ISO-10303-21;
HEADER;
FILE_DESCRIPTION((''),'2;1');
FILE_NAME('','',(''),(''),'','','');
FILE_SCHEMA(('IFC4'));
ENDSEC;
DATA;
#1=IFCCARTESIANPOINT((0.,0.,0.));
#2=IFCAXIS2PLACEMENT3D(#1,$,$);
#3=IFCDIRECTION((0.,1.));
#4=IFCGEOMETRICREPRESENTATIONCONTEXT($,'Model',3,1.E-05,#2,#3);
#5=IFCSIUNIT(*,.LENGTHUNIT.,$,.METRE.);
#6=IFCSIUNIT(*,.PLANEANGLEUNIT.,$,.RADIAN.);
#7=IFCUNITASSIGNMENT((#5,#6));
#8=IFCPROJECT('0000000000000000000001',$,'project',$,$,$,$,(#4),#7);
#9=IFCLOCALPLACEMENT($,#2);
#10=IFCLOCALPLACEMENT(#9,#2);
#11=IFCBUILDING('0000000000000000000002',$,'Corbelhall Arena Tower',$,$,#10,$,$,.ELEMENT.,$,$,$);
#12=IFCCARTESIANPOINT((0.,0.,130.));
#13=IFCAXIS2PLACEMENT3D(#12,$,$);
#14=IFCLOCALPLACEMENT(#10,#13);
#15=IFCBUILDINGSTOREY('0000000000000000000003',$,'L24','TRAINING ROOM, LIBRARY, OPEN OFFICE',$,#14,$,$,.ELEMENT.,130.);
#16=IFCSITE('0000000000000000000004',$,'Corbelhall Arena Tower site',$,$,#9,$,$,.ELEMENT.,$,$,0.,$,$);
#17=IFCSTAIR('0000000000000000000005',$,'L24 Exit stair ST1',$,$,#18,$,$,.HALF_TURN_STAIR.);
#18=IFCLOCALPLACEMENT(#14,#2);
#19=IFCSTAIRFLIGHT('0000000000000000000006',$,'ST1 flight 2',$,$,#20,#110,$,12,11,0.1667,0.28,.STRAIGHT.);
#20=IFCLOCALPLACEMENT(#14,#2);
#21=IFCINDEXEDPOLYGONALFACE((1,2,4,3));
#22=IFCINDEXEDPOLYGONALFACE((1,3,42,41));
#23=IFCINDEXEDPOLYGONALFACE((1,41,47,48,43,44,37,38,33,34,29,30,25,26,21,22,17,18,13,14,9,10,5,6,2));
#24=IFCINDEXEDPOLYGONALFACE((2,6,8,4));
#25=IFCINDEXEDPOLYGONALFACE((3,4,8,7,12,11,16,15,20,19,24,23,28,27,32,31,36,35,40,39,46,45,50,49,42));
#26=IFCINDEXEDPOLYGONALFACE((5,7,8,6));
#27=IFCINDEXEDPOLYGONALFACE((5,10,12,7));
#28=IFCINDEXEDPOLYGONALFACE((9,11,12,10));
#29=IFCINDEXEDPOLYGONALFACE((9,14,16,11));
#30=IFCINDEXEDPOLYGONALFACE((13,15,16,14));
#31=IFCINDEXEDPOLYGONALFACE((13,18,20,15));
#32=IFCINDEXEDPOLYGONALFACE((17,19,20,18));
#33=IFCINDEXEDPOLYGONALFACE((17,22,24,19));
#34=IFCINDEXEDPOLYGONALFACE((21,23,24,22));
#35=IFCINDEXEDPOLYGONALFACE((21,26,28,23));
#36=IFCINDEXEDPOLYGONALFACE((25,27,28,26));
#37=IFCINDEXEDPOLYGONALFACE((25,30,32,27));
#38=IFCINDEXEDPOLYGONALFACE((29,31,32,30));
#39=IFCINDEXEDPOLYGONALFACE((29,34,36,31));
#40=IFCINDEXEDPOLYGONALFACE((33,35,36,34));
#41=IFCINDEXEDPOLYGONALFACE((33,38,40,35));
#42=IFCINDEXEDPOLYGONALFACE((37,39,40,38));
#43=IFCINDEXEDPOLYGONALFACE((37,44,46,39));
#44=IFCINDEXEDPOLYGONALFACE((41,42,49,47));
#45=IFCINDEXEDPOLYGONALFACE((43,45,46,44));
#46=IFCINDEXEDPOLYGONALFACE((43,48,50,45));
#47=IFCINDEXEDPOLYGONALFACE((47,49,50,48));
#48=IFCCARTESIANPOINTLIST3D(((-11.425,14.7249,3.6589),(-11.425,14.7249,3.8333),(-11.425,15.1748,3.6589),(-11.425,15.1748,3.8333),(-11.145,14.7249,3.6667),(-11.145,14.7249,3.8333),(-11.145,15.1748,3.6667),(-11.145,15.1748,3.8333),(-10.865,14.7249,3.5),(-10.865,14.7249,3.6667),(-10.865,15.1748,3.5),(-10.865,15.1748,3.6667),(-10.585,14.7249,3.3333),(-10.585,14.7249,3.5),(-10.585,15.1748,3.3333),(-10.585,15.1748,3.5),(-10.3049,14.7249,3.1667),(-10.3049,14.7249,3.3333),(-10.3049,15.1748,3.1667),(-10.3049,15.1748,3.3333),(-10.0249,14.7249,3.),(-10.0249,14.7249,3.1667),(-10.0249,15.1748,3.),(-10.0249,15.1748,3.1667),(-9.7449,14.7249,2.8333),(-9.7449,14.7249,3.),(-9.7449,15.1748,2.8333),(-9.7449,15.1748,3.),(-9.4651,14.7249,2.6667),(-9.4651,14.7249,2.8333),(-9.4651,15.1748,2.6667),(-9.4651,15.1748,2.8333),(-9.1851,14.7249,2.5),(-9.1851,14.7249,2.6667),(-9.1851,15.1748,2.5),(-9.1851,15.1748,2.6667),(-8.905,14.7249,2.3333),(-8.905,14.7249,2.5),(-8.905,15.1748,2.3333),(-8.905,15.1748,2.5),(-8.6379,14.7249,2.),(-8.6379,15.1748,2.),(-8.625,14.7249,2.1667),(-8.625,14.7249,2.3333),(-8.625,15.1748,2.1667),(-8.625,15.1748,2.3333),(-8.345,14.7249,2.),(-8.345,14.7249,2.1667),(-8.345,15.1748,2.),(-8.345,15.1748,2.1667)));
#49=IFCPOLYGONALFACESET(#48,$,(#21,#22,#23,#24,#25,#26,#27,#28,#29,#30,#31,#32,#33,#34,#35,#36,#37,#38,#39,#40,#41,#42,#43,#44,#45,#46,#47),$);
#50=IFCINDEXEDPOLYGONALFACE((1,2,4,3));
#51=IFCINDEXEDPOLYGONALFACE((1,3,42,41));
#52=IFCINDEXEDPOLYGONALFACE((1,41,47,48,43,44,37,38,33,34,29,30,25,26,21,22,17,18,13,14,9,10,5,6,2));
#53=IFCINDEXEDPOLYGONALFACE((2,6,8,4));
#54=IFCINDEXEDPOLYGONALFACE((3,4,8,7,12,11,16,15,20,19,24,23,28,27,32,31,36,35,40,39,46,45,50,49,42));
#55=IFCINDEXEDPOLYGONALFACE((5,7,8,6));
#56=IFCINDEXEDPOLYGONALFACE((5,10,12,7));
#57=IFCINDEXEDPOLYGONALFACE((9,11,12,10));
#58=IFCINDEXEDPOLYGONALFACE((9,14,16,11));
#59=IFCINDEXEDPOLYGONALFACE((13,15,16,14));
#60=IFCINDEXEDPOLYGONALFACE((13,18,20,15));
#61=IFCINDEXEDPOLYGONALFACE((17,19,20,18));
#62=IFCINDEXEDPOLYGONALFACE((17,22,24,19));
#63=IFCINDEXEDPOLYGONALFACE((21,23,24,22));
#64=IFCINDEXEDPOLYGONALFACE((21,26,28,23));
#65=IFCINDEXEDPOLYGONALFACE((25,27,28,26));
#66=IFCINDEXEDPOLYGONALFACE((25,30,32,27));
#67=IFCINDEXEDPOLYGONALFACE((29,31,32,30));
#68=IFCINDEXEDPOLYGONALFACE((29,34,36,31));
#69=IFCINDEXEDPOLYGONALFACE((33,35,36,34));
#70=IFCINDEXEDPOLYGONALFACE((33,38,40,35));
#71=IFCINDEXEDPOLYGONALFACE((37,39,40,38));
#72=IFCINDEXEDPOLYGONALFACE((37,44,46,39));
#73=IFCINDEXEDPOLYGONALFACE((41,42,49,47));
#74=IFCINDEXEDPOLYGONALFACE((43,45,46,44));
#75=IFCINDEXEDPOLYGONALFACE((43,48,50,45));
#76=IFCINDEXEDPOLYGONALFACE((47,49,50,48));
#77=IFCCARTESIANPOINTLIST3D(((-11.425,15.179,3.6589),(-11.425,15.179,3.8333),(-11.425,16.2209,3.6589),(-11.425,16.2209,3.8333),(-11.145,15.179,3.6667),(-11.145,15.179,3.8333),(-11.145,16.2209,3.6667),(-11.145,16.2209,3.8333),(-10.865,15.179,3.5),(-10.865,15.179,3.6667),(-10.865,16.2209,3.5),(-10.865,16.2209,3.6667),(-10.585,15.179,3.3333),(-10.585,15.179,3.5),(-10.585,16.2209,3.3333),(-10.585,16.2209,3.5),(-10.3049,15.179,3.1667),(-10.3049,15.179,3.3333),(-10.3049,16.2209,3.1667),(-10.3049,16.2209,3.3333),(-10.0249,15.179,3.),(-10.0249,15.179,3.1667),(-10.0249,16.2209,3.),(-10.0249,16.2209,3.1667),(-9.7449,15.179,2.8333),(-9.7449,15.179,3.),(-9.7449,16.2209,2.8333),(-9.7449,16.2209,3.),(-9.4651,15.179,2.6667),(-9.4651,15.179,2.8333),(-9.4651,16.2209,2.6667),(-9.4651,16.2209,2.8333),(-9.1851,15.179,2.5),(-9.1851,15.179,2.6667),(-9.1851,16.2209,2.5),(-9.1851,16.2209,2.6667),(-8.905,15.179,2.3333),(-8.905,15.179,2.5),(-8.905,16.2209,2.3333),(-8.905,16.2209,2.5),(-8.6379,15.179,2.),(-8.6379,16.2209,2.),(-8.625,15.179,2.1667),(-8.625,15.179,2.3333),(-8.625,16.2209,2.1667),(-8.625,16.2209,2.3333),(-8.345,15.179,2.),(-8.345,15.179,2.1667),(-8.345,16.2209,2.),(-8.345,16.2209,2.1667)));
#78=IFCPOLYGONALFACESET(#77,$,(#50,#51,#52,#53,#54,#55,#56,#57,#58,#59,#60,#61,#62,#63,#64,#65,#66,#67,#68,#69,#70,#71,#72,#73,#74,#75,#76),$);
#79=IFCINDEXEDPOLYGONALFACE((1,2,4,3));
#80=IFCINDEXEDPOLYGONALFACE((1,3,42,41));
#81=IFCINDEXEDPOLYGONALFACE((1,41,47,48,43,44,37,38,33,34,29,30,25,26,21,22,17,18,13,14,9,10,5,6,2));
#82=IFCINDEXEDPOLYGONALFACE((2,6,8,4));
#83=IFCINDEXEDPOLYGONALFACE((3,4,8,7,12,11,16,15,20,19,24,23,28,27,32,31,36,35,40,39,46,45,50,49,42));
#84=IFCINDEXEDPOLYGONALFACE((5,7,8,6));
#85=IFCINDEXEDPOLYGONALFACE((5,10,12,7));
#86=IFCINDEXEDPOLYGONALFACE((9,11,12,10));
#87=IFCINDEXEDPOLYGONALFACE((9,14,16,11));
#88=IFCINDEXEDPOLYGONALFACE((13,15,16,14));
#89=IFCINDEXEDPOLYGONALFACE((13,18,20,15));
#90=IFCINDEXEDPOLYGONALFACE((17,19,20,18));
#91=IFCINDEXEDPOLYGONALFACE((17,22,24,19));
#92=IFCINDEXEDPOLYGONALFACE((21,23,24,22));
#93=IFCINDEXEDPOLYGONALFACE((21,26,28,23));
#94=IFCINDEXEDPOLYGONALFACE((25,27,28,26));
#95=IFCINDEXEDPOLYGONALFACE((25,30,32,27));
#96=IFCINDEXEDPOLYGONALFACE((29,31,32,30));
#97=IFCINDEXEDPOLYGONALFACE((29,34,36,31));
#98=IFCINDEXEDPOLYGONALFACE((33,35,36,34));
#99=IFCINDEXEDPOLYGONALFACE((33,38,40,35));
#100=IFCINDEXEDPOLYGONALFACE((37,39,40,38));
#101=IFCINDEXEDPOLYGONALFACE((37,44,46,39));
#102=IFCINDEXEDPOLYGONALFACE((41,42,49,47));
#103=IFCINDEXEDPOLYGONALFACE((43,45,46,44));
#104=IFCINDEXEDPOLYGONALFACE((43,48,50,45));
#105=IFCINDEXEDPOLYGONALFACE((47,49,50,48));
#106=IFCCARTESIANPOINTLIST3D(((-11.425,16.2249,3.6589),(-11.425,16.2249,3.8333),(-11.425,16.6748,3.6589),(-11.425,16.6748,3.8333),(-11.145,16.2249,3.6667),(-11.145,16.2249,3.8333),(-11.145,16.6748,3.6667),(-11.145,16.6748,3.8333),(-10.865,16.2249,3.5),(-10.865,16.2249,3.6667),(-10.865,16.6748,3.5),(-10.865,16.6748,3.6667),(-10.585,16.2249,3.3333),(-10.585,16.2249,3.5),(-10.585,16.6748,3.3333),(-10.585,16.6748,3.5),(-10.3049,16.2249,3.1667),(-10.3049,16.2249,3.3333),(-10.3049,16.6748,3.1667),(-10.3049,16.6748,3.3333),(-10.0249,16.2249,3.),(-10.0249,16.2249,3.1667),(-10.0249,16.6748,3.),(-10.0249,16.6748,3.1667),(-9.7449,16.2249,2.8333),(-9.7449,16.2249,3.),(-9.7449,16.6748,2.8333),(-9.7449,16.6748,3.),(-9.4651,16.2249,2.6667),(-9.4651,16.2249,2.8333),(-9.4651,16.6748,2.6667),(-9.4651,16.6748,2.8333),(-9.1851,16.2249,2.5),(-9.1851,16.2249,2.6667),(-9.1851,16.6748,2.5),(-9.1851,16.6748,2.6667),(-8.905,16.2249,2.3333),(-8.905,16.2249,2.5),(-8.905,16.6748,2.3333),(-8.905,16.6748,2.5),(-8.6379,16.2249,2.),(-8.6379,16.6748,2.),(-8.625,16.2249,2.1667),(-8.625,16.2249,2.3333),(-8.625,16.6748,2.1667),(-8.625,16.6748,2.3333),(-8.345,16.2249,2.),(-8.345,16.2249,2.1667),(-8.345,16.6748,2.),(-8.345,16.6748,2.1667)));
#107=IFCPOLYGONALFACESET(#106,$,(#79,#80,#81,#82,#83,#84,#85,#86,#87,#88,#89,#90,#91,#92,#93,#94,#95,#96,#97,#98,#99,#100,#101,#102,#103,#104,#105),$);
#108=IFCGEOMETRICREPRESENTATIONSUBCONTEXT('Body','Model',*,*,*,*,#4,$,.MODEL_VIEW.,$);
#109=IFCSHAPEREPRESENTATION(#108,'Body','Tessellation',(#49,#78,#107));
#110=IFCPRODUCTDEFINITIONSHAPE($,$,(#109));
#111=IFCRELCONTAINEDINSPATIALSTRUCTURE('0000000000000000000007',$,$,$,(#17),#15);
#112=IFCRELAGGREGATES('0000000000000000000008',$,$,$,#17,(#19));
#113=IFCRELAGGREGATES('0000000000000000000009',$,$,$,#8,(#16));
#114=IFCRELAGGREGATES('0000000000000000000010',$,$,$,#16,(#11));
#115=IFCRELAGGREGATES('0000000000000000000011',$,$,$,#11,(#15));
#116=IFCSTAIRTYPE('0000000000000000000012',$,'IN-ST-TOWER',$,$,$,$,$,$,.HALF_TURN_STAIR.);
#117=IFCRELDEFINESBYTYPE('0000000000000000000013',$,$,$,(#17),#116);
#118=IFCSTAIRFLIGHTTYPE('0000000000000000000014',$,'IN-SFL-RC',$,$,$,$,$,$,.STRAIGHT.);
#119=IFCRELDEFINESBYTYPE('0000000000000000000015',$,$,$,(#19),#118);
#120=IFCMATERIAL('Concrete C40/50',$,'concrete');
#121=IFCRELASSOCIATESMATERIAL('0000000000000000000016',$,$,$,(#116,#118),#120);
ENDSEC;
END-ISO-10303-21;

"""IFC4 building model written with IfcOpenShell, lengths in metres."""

from ifc_helpers import new_model, si_unit, direction, frame, origin, place, context, subcontext, project, spatial, polyline, outline, extrude, material, type_object, element, aggregate, save


model = new_model("IFC4")

# Units and contexts
model_context = context("Model", 3, precision=1e-05, world=origin(), true_north=direction((0.0, 1.0)))
body_context = subcontext(model_context, "Body", "Model", "MODEL_VIEW")
ifc_project = project(units=[si_unit("LENGTHUNIT", "METRE"), si_unit("PLANEANGLEUNIT", "RADIAN")], contexts=[model_context])

# Site, building, storey
site_placement = place(None, origin())
site = spatial("IfcSite", under=ifc_project, at=site_placement, Name="Corbelhall Arena Tower site", CompositionType="ELEMENT", RefElevation=0.0)
building_placement = place(site_placement, origin())
building = spatial("IfcBuilding", under=site, at=building_placement, Name="Corbelhall Arena Tower", CompositionType="ELEMENT")
storey_placement = place(building_placement, frame((0.0, 0.0, 130.0)))
storey = spatial("IfcBuildingStorey", under=building, at=storey_placement, Name="L24", Description="TRAINING ROOM, LIBRARY, OPEN OFFICE", CompositionType="ELEMENT", Elevation=130.0)

# Shared definitions
ifc_material_1 = material(Name="Concrete C40/50", Category="concrete")

# Stair, stair flight
stair_type = type_object("IfcStairType", Name="IN-ST-TOWER", PredefinedType="HALF_TURN_STAIR", material=ifc_material_1)
stair_placement = place(storey_placement, origin())
stair = element("IfcStair", 1, at=stair_placement, inside=storey, type_object=stair_type, Name="L24 Exit stair ST1", PredefinedType="HALF_TURN_STAIR")
stair_flight_type = type_object("IfcStairFlightType", Name="IN-SFL-RC", PredefinedType="STRAIGHT", material=ifc_material_1)
stair_flight_placement = place(storey_placement, frame((-8.345, 15.7, 2.0), z_axis=(0.0, 0.0, 1.0), x_axis=(-1.0, 0.0, 0.0)))
stair_flight = element("IfcStairFlight", 2, at=stair_flight_placement, type_object=stair_flight_type, Name="ST1 flight 2", NumberOfRisers=12, NumberOfTreads=11, PredefinedType="STRAIGHT", RiserHeight=0.1667, TreadLength=0.28, context=body_context, shape_type="SweptSolid", body=[
    extrude(outline(polyline([(0.0, 0.0), (0.0, 0.1667), (0.28, 0.1667), (0.28, 0.3333), (0.5601, 0.3333), (0.5601, 0.5), (0.8401, 0.5), (0.8401, 0.6667), (1.1201, 0.6667), (1.1201, 0.8333), (1.3999, 0.8333), (1.3999, 1.0), (1.6799, 1.0), (1.6799, 1.1667), (1.96, 1.1667), (1.96, 1.3333), (2.24, 1.3333), (2.24, 1.5), (2.52, 1.5), (2.52, 1.6667), (2.8, 1.6667), (2.8, 1.8333), (3.0801, 1.8333), (3.0801, 2.0), (3.0801, 1.6589), (0.293, 0.0), (0.0, 0.0)])), frame((0.0, 0.9751, 0.0), z_axis=(0.0, -1.0, 0.0), x_axis=(1.0, 0.0, 0.0)), (0.0, 0.0, 1.0), 0.45),
    extrude(outline(polyline([(0.0, 0.0), (0.0, 0.1667), (0.28, 0.1667), (0.28, 0.3333), (0.5601, 0.3333), (0.5601, 0.5), (0.8401, 0.5), (0.8401, 0.6667), (1.1201, 0.6667), (1.1201, 0.8333), (1.3999, 0.8333), (1.3999, 1.0), (1.6799, 1.0), (1.6799, 1.1667), (1.96, 1.1667), (1.96, 1.3333), (2.24, 1.3333), (2.24, 1.5), (2.52, 1.5), (2.52, 1.6667), (2.8, 1.6667), (2.8, 1.8333), (3.0801, 1.8333), (3.0801, 2.0), (3.0801, 1.6589), (0.293, 0.0), (0.0, 0.0)])), frame((0.0, 0.521, 0.0), z_axis=(0.0, -1.0, 0.0), x_axis=(1.0, 0.0, 0.0)), (0.0, 0.0, 1.0), 1.042),
    extrude(outline(polyline([(0.0, 0.0), (0.0, 0.1667), (0.28, 0.1667), (0.28, 0.3333), (0.5601, 0.3333), (0.5601, 0.5), (0.8401, 0.5), (0.8401, 0.6667), (1.1201, 0.6667), (1.1201, 0.8333), (1.3999, 0.8333), (1.3999, 1.0), (1.6799, 1.0), (1.6799, 1.1667), (1.96, 1.1667), (1.96, 1.3333), (2.24, 1.3333), (2.24, 1.5), (2.52, 1.5), (2.52, 1.6667), (2.8, 1.6667), (2.8, 1.8333), (3.0801, 1.8333), (3.0801, 2.0), (3.0801, 1.6589), (0.293, 0.0), (0.0, 0.0)])), frame((0.0, -0.5249, 0.0), z_axis=(0.0, -1.0, 0.0), x_axis=(1.0, 0.0, 0.0)), (0.0, 0.0, 1.0), 0.45),
])
aggregate(stair, [stair_flight])

save(model, "model.ifc")
